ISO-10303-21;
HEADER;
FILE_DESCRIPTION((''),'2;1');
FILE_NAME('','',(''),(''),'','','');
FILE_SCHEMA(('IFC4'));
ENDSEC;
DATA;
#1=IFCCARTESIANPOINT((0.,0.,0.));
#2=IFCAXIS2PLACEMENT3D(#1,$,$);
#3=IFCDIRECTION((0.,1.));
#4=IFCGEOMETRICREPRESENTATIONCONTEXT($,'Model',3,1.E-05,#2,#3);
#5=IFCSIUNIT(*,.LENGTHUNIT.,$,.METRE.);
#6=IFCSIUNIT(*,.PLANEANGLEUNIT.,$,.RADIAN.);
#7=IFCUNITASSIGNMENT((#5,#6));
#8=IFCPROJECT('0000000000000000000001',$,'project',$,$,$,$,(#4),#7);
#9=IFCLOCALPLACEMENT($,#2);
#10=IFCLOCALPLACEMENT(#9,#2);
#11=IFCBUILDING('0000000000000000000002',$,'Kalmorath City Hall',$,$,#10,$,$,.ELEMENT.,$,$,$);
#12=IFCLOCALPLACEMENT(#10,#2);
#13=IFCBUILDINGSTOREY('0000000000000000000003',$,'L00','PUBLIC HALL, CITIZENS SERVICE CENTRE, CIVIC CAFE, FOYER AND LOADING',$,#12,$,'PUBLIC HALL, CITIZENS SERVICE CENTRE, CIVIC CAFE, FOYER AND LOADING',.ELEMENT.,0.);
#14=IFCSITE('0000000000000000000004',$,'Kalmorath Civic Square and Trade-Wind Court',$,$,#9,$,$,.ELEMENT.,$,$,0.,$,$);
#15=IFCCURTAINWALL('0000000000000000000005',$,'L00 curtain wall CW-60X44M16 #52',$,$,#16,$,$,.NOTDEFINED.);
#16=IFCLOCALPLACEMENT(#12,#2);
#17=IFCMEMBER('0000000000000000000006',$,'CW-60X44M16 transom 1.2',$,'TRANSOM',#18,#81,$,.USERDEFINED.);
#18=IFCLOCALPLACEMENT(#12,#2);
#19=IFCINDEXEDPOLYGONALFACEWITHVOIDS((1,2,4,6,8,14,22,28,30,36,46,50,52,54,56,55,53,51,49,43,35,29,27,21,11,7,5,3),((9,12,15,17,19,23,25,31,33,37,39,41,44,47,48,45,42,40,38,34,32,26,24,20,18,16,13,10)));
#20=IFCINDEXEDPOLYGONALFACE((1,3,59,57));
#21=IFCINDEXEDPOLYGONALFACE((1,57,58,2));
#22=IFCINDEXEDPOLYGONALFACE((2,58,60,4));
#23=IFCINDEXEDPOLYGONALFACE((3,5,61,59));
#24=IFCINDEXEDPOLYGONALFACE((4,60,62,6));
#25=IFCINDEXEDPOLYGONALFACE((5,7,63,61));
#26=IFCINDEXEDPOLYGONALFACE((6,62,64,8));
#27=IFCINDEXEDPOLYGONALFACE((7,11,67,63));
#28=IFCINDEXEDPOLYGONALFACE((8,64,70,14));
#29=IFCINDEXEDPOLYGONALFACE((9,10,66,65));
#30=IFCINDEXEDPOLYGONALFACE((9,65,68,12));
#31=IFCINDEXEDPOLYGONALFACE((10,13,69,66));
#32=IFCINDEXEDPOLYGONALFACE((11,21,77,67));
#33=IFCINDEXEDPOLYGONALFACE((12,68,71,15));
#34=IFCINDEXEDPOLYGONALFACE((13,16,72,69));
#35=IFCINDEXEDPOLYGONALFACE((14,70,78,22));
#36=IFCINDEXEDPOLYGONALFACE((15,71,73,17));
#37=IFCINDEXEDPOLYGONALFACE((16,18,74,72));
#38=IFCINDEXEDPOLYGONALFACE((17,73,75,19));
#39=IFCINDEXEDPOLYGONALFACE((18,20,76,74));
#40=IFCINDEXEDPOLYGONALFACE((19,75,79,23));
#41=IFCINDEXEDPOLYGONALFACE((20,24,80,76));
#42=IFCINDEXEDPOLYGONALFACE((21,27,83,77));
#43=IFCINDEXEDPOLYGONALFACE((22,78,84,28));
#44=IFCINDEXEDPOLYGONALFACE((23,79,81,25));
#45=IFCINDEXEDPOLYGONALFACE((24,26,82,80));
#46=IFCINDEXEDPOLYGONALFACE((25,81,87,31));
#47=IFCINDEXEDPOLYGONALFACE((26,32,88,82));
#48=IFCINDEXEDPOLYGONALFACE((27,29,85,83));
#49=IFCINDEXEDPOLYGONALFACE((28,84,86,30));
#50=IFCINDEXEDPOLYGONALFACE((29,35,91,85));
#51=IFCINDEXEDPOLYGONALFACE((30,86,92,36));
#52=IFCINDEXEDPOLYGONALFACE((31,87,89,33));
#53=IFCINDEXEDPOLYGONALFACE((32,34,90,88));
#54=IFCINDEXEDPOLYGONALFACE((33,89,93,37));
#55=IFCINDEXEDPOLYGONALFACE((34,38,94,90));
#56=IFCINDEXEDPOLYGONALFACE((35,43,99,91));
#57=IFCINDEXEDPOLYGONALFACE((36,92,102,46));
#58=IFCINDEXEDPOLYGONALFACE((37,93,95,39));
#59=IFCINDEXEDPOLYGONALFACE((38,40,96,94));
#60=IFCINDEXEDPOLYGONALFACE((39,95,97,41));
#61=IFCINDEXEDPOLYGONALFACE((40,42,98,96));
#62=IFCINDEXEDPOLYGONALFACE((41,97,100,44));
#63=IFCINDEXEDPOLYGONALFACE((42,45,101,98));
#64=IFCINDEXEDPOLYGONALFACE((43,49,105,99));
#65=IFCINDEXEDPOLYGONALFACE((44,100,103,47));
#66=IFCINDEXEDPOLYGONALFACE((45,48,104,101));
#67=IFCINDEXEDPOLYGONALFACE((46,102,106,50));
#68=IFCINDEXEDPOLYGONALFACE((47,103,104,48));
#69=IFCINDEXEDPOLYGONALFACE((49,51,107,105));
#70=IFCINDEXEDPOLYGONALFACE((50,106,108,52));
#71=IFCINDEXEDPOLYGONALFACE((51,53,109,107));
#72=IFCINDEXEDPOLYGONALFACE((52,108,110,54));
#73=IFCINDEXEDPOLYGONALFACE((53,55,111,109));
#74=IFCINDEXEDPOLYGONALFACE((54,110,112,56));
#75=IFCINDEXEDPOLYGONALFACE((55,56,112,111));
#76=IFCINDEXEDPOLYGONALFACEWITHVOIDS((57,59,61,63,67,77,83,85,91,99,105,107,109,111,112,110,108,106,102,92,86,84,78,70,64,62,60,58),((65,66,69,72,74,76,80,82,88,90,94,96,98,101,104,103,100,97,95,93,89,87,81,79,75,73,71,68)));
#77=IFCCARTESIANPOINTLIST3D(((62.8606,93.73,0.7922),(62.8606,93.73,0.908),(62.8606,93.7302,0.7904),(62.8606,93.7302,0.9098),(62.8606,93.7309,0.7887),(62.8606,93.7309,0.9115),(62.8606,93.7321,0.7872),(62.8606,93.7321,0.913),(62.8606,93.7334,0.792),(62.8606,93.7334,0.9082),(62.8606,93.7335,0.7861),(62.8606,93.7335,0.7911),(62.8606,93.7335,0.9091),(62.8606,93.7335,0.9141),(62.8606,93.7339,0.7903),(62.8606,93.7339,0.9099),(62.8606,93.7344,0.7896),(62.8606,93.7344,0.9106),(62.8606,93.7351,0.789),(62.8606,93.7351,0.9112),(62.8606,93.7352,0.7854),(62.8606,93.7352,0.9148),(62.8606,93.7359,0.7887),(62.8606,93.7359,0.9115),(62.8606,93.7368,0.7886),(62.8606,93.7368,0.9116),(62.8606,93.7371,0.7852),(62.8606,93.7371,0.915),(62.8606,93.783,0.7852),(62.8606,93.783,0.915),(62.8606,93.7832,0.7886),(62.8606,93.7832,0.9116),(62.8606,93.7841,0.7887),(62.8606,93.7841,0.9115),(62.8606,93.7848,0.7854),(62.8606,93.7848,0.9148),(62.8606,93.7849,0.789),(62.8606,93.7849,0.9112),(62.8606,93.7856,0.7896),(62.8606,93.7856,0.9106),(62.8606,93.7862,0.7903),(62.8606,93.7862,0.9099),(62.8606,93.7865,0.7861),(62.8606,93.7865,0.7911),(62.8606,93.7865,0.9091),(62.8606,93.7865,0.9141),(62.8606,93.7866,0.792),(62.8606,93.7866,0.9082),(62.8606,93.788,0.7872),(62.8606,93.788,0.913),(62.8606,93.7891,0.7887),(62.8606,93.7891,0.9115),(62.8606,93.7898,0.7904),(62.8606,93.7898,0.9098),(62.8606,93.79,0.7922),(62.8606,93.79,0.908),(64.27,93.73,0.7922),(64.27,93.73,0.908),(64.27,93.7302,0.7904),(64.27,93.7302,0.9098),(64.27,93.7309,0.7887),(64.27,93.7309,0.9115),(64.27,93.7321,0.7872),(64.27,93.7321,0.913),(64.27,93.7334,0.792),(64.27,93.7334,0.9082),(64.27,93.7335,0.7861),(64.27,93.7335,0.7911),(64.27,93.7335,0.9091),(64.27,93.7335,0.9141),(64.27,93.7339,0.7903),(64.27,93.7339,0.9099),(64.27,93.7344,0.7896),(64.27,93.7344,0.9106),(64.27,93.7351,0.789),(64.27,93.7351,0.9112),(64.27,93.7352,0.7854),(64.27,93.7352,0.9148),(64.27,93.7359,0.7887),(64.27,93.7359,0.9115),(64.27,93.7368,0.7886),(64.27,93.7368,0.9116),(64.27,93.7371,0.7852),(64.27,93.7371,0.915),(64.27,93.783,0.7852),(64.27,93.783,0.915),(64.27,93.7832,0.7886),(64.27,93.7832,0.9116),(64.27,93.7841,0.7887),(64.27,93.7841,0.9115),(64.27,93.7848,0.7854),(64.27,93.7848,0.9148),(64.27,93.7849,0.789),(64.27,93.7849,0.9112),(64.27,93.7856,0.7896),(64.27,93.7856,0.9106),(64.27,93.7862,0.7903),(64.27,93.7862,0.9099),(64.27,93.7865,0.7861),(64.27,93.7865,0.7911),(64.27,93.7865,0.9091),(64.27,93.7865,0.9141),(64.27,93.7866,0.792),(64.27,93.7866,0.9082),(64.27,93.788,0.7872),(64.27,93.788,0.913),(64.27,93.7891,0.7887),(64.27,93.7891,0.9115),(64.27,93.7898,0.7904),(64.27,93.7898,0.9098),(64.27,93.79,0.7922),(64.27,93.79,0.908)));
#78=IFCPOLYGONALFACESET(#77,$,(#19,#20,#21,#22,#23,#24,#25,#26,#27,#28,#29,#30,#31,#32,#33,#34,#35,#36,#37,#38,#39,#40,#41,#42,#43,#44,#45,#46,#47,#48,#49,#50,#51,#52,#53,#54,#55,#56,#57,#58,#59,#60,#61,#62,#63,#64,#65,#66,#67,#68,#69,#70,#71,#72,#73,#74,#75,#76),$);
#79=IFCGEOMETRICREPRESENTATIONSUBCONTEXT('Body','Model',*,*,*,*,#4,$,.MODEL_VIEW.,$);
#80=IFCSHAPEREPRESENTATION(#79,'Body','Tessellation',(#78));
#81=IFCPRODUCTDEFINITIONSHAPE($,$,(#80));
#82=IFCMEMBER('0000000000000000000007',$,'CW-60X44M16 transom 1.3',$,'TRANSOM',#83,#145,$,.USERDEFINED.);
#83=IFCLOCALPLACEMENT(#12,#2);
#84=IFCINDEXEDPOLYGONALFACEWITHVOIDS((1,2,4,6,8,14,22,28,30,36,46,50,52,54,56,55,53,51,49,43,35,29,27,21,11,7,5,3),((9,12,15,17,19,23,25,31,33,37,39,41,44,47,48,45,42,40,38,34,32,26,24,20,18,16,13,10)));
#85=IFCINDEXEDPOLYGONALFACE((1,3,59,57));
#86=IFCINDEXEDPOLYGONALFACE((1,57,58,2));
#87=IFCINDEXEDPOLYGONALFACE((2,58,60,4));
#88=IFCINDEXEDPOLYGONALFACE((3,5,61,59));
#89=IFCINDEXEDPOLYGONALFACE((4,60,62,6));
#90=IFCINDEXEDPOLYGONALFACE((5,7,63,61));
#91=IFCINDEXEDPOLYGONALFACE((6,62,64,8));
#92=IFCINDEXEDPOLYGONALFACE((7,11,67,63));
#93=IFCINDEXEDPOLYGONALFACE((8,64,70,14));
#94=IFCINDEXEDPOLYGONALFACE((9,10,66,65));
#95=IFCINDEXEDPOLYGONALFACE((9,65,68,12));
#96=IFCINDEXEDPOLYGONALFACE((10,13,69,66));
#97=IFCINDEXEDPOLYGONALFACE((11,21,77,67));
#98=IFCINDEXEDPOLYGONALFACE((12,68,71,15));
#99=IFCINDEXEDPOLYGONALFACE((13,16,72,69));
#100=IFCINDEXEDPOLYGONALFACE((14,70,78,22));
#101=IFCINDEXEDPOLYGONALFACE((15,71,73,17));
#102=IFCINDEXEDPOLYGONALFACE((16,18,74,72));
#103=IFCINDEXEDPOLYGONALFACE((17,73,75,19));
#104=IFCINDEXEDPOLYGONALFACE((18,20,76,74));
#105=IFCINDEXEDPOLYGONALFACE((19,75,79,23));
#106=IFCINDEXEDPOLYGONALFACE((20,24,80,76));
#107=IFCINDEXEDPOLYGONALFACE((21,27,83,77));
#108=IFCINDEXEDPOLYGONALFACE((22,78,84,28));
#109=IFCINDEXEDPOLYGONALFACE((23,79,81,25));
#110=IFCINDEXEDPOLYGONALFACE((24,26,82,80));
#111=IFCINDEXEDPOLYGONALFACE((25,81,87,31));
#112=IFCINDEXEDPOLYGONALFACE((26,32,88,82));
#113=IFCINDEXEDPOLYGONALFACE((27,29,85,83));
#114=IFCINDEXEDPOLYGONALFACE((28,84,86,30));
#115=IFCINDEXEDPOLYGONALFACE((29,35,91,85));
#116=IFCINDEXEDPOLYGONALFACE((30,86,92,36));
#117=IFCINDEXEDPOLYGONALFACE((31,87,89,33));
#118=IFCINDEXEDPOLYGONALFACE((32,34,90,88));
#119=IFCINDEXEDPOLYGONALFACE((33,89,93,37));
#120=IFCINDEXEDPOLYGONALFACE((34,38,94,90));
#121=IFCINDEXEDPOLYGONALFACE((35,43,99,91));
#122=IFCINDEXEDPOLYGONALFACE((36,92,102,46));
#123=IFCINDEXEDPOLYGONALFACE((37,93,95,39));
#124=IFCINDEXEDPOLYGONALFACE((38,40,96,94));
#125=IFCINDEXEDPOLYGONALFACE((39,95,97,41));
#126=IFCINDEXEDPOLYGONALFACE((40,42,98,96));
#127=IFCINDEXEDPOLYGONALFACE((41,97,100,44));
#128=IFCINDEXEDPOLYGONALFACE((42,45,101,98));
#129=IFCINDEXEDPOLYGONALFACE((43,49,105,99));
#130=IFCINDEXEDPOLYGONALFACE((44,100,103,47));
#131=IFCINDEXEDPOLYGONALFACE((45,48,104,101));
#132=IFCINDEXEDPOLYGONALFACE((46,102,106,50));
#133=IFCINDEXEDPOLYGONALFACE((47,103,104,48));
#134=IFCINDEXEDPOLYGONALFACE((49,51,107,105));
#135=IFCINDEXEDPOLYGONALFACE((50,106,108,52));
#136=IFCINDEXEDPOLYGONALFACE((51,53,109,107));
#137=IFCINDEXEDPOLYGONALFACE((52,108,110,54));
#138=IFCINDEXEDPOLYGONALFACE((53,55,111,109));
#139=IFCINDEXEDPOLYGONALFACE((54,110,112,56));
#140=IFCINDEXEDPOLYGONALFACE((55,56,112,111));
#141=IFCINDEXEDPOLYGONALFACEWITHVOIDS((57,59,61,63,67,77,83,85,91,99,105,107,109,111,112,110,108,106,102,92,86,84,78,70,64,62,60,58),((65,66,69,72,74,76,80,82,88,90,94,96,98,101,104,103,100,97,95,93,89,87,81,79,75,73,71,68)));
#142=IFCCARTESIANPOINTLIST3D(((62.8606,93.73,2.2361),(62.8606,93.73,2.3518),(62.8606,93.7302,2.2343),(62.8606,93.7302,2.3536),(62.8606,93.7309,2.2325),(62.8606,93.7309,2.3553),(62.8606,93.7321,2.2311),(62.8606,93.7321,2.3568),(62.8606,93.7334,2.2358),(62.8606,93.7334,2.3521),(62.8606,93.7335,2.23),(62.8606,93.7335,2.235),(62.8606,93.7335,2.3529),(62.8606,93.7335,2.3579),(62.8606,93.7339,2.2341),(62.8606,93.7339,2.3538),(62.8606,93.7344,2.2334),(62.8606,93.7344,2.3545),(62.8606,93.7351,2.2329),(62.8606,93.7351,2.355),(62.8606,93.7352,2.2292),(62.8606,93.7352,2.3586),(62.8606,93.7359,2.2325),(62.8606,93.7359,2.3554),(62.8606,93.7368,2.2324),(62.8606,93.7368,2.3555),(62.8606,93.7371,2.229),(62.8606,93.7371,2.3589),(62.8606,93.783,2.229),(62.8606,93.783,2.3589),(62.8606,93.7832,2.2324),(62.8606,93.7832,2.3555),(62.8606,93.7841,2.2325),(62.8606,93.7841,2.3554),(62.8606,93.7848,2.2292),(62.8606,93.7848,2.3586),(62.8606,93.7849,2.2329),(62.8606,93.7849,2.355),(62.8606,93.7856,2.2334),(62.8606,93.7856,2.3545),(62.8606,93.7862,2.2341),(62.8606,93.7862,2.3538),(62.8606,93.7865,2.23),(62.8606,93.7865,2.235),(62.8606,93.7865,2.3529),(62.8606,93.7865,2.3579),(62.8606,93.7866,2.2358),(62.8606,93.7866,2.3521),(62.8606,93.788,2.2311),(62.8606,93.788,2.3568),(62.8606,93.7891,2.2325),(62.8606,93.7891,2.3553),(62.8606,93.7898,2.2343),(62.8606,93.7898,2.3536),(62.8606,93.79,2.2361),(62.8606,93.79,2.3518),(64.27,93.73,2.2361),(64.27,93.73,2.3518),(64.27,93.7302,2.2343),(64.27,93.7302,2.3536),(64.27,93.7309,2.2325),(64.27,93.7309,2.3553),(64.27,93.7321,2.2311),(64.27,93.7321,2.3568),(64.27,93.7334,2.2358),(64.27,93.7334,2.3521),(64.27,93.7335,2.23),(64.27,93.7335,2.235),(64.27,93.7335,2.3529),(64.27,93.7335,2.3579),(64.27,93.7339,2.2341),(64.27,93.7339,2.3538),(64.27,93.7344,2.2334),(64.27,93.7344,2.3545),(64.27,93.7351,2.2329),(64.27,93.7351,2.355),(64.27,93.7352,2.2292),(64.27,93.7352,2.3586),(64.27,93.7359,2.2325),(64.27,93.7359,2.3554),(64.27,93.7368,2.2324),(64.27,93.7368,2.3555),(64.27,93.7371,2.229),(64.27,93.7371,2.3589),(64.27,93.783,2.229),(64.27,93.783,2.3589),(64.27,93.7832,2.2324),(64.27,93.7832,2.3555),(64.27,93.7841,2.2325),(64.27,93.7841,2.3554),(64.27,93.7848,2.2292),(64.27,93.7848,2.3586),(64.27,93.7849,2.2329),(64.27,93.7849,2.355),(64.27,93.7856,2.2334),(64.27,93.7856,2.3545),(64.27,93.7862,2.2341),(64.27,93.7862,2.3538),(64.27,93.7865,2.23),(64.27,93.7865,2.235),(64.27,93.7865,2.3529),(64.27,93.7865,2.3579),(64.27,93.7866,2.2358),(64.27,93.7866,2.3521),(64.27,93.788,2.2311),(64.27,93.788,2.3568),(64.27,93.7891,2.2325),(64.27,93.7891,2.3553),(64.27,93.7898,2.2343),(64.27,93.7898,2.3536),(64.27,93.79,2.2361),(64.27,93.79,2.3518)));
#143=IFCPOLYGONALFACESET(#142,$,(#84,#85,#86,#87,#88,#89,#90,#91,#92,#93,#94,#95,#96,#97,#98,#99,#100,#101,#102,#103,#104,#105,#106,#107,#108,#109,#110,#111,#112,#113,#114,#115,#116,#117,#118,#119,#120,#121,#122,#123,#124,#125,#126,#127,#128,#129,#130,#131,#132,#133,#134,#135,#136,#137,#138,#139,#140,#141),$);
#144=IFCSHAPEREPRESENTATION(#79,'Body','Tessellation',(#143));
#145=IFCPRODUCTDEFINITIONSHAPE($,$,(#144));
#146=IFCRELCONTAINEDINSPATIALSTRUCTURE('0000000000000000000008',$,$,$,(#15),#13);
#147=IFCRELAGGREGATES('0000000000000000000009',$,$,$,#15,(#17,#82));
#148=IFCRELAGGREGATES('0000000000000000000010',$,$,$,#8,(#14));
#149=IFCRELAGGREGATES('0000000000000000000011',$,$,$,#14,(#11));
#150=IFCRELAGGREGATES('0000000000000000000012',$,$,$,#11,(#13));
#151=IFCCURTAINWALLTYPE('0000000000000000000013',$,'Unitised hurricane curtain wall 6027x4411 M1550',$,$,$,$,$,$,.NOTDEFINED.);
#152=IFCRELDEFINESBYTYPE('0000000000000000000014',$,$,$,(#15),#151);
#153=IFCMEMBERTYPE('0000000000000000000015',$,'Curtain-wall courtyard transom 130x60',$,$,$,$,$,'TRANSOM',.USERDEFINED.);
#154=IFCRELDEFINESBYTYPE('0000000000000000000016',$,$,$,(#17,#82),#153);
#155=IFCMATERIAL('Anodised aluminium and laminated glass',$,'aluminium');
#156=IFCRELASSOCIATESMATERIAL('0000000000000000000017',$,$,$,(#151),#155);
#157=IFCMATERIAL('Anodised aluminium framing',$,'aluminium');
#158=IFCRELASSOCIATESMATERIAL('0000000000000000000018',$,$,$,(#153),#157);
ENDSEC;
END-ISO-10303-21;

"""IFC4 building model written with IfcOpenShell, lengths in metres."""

from ifc_helpers import new_model, si_unit, direction, frame, origin, origin_2d, place, context, subcontext, project, spatial, hollow_rectangle, extrude, material, material_profile, profile_set, type_object, element, aggregate, save


model = new_model("IFC4")

# Units and contexts
model_context = context("Model", 3, precision=1e-05, world=origin(), true_north=direction((0.0, 1.0)))
body_context = subcontext(model_context, "Body", "Model", "MODEL_VIEW")
ifc_project = project(units=[si_unit("LENGTHUNIT", "METRE"), si_unit("PLANEANGLEUNIT", "RADIAN")], contexts=[model_context])

# Site, building, storey
site_placement = place(None, origin())
site = spatial("IfcSite", under=ifc_project, at=site_placement, Name="Kalmorath Civic Square and Trade-Wind Court", CompositionType="ELEMENT", RefElevation=0.0)
building_placement = place(site_placement, origin())
building = spatial("IfcBuilding", under=site, at=building_placement, Name="Kalmorath City Hall", CompositionType="ELEMENT")
storey_placement = place(building_placement, origin())
storey = spatial("IfcBuildingStorey", under=building, at=storey_placement, Name="L00", Description="PUBLIC HALL, CITIZENS SERVICE CENTRE, CIVIC CAFE, FOYER AND LOADING", LongName="PUBLIC HALL, CITIZENS SERVICE CENTRE, CIVIC CAFE, FOYER AND LOADING", CompositionType="ELEMENT", Elevation=0.0)

# Curtain wall, members
ifc_material_1 = material(Name="Anodised aluminium and laminated glass", Category="aluminium")
curtain_wall_type = type_object("IfcCurtainWallType", Name="Unitised hurricane curtain wall 6027x4411 M1550", PredefinedType="NOTDEFINED", material=ifc_material_1)
curtain_wall_placement = place(storey_placement, origin())
curtain_wall = element("IfcCurtainWall", 1, at=curtain_wall_placement, inside=storey, type_object=curtain_wall_type, Name="L00 curtain wall CW-60X44M16 #52", PredefinedType="NOTDEFINED")
ifc_material_2 = material(Name="Anodised aluminium framing", Category="aluminium")
ifc_material_profile_1 = material_profile(ifc_material_2, hollow_rectangle(XDim=0.0601, YDim=0.1299, WallThickness=0.0034, InnerFilletRadius=0.0034, OuterFilletRadius=0.0071, at=origin_2d()), Name="ALU-TRN-130X60X3.5")
ifc_profile_set_1 = profile_set([ifc_material_profile_1], Name="Anodised aluminium framing")
member_type_1 = type_object("IfcMemberType", Name="Curtain-wall courtyard transom 130x60", ElementType="TRANSOM", PredefinedType="USERDEFINED", material=ifc_profile_set_1)
member_1_placement = place(storey_placement, frame((64.27, 93.76, 0.8501), z_axis=(-1.0, 0.0, 0.0), x_axis=(0.0, -1.0, 0.0)))
member_1 = element("IfcMember", 2, at=member_1_placement, type_object=member_type_1, Name="CW-60X44M16 transom 1.2", ObjectType="TRANSOM", PredefinedType="USERDEFINED", context=body_context, shape_type="SweptSolid", body=[
    extrude(hollow_rectangle(XDim=0.0601, YDim=0.1299, WallThickness=0.0034, InnerFilletRadius=0.0034, OuterFilletRadius=0.0071, at=origin_2d()), origin(), (0.0, 0.0, 1.0), 1.4094),
])
member_2_placement = place(storey_placement, frame((64.27, 93.76, 2.2939), z_axis=(-1.0, 0.0, 0.0), x_axis=(0.0, -1.0, 0.0)))
member_2 = element("IfcMember", 3, at=member_2_placement, type_object=member_type_1, Name="CW-60X44M16 transom 1.3", ObjectType="TRANSOM", PredefinedType="USERDEFINED", context=body_context, shape_type="SweptSolid", body=[
    extrude(hollow_rectangle(XDim=0.0601, YDim=0.1299, WallThickness=0.0034, InnerFilletRadius=0.0034, OuterFilletRadius=0.0071, at=origin_2d()), origin(), (0.0, 0.0, 1.0), 1.4094),
])
aggregate(curtain_wall, [member_1, member_2])

save(model, "model.ifc")
